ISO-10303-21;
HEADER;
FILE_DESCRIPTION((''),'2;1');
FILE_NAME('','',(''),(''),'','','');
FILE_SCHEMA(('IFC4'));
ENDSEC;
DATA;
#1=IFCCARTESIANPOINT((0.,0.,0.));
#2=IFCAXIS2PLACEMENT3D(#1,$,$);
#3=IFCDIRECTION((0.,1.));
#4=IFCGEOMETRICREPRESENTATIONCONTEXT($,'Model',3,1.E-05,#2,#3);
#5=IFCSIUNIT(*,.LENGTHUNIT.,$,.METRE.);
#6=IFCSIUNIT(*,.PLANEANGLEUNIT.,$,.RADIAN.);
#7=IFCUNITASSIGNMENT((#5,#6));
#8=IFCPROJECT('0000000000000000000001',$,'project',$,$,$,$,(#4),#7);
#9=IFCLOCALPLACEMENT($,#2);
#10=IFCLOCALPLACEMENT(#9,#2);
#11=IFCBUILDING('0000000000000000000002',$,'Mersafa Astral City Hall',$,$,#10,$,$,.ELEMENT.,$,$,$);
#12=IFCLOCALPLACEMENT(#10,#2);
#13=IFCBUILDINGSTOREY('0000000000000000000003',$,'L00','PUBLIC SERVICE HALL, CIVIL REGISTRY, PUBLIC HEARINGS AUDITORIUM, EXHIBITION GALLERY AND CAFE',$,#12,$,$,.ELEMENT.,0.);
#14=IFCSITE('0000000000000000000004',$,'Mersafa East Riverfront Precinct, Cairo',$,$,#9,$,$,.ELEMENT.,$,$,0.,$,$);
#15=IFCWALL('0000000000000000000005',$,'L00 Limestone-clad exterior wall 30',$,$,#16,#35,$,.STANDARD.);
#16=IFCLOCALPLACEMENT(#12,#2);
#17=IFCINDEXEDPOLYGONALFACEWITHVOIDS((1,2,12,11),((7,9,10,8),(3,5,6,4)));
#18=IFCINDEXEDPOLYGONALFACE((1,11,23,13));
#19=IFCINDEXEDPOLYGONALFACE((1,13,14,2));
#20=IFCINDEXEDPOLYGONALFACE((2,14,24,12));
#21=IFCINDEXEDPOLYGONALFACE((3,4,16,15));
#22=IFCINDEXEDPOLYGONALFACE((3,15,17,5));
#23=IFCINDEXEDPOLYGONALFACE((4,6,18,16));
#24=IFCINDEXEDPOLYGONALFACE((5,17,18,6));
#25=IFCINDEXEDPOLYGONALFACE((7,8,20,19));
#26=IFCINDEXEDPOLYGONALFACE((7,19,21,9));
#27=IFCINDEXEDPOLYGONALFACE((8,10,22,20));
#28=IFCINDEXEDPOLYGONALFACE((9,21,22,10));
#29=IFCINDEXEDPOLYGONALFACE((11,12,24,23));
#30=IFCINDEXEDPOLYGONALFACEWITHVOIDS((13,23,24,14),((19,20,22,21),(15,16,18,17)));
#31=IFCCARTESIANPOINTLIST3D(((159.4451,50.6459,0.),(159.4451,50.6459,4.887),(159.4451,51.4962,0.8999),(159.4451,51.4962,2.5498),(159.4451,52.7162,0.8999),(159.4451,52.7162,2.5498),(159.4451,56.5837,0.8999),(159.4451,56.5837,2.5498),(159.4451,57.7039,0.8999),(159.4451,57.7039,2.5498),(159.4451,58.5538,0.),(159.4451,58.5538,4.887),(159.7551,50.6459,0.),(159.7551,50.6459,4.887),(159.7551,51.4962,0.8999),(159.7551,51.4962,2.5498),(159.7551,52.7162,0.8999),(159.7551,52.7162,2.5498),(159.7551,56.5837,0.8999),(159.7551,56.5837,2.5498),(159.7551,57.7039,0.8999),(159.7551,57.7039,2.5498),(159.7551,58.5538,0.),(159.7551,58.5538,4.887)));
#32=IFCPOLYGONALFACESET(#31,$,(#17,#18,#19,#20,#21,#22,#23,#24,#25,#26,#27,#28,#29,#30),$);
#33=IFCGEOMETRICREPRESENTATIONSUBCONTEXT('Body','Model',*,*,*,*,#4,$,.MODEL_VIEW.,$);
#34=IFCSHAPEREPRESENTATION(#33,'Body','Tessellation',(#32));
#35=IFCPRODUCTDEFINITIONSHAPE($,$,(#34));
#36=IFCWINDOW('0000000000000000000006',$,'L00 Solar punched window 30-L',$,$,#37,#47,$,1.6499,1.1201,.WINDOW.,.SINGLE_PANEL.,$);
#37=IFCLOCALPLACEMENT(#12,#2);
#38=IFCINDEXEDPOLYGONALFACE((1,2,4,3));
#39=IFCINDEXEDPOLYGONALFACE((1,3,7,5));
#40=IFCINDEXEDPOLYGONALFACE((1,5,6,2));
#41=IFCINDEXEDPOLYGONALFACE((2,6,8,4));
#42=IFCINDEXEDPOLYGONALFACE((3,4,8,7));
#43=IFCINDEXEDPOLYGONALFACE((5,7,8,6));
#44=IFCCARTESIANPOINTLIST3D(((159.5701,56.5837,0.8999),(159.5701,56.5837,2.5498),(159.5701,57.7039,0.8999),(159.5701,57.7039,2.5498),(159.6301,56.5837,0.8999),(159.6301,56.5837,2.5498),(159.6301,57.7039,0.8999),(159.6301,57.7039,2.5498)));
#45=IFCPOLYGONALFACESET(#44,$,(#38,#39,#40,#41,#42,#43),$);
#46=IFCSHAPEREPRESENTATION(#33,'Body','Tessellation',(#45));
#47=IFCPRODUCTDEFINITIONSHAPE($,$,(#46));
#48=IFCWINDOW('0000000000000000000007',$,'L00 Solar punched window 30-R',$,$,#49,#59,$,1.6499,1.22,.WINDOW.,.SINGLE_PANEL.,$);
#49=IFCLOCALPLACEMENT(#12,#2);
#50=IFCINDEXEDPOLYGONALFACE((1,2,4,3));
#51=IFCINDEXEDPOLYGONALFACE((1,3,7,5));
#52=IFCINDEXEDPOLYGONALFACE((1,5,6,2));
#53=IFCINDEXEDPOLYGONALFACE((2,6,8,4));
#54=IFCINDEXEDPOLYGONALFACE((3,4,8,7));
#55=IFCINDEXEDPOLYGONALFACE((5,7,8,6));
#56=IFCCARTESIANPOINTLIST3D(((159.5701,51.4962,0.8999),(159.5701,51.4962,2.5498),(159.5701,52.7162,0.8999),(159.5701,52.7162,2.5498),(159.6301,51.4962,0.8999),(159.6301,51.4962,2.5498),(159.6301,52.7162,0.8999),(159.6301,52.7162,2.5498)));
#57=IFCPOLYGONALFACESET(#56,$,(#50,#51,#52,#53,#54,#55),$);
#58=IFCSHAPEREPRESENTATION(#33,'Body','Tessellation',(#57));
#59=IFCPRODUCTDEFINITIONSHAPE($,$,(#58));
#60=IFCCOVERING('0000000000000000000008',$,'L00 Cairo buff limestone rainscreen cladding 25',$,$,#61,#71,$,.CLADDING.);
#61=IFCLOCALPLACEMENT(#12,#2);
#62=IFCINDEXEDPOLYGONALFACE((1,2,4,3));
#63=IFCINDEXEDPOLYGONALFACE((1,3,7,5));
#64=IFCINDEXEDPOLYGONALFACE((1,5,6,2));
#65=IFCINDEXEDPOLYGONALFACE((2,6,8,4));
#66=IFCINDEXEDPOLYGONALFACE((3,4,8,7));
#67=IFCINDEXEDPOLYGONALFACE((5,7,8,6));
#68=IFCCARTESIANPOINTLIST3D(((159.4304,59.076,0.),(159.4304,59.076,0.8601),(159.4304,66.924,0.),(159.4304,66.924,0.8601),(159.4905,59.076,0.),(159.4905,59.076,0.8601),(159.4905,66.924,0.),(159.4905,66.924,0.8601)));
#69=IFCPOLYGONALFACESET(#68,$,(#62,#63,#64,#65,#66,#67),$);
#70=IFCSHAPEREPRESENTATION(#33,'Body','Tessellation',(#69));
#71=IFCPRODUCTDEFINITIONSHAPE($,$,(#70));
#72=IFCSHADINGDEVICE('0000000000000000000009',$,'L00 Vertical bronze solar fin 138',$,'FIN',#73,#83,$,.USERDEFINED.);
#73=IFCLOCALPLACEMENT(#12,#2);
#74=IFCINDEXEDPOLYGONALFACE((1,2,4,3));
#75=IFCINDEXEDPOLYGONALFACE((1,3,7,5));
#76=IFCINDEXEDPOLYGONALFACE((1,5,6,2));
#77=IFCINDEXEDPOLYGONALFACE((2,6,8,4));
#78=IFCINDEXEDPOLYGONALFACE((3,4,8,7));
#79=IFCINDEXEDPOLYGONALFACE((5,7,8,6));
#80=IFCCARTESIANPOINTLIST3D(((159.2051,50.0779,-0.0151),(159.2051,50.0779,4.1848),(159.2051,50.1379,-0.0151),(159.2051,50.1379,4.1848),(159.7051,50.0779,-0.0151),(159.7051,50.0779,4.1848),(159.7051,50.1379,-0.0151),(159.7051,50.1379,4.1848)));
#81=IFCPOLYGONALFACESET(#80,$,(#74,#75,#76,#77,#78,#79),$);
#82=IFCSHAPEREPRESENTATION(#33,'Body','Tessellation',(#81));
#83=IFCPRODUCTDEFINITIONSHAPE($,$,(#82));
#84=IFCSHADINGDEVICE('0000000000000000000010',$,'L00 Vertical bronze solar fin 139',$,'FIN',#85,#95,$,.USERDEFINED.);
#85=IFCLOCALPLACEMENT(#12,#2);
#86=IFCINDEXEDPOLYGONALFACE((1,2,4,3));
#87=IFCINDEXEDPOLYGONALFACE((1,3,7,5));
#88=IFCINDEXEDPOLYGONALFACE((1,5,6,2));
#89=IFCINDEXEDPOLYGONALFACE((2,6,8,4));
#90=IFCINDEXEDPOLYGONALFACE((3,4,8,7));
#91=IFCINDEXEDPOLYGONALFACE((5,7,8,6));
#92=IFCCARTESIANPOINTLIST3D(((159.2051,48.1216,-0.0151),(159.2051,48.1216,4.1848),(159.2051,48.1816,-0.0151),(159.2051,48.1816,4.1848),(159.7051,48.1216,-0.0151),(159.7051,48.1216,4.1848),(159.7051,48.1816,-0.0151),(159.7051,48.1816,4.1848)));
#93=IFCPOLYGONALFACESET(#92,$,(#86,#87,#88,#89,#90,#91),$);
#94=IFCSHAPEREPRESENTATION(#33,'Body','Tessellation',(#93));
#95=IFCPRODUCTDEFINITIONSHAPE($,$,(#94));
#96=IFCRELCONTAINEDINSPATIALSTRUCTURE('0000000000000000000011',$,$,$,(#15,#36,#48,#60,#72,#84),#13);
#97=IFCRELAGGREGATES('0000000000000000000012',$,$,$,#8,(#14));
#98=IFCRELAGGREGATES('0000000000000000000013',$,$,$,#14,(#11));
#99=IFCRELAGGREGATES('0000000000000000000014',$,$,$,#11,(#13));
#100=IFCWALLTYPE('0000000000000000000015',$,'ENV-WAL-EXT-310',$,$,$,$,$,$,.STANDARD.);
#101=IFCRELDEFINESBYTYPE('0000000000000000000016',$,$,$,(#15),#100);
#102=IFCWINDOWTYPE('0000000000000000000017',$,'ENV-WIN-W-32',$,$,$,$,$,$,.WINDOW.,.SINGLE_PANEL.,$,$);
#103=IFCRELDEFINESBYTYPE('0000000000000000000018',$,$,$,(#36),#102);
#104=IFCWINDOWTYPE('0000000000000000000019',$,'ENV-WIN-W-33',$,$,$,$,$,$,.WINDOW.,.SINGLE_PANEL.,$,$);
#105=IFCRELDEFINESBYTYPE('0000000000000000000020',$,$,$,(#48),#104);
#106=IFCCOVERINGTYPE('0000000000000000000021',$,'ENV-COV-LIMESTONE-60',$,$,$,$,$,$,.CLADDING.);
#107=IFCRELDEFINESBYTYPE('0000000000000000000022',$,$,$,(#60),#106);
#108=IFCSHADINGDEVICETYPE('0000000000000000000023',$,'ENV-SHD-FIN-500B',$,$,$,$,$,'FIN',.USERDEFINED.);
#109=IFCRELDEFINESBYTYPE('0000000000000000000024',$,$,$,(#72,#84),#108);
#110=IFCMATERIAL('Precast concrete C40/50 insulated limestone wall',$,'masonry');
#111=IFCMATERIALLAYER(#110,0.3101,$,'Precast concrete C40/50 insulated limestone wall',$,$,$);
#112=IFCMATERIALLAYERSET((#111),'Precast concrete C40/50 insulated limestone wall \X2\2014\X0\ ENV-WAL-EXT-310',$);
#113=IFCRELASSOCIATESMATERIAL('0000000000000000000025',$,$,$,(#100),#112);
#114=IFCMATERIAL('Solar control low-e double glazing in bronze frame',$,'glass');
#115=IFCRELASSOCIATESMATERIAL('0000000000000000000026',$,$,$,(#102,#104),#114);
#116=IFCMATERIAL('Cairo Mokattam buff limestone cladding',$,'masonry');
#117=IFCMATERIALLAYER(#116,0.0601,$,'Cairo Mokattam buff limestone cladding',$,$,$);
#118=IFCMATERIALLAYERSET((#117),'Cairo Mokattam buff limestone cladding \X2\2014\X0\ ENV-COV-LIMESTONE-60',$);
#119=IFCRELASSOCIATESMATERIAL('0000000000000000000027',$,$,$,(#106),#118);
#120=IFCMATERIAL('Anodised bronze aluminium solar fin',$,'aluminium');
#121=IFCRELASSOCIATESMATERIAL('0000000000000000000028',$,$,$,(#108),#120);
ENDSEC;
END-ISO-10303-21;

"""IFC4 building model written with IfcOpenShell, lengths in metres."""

from ifc_helpers import new_model, si_unit, direction, frame, frame_2d, origin, origin_2d, place, context, subcontext, project, spatial, rectangle, extrude, material, layer, layer_set, type_object, element, fill, save


model = new_model("IFC4")

# Units and contexts
model_context = context("Model", 3, precision=1e-05, world=origin(), true_north=direction((0.0, 1.0)))
body_context = subcontext(model_context, "Body", "Model", "MODEL_VIEW")
ifc_project = project(units=[si_unit("LENGTHUNIT", "METRE"), si_unit("PLANEANGLEUNIT", "RADIAN")], contexts=[model_context])

# Site, building, storey
site_placement = place(None, origin())
site = spatial("IfcSite", under=ifc_project, at=site_placement, Name="Mersafa East Riverfront Precinct, Cairo", CompositionType="ELEMENT", RefElevation=0.0)
building_placement = place(site_placement, origin())
building = spatial("IfcBuilding", under=site, at=building_placement, Name="Mersafa Astral City Hall", CompositionType="ELEMENT")
storey_placement = place(building_placement, origin())
storey = spatial("IfcBuildingStorey", under=building, at=storey_placement, Name="L00", Description="PUBLIC SERVICE HALL, CIVIL REGISTRY, PUBLIC HEARINGS AUDITORIUM, EXHIBITION GALLERY AND CAFE", CompositionType="ELEMENT", Elevation=0.0)

# Wall, openings, windows
ifc_material_1 = material(Name="Precast concrete C40/50 insulated limestone wall", Category="masonry")
ifc_layer_1 = layer(ifc_material_1, 0.3101, Name="Precast concrete C40/50 insulated limestone wall")
ifc_layer_set_1 = layer_set([ifc_layer_1], Name="Precast concrete C40/50 insulated limestone wall — ENV-WAL-EXT-310")
wall_type_1 = type_object("IfcWallType", Name="ENV-WAL-EXT-310", PredefinedType="STANDARD", material=ifc_layer_set_1)
wall_1_placement = place(storey_placement, frame((159.6001, 58.554, 0.0), z_axis=(0.0, 0.0, 1.0), x_axis=(0.0, -1.0, 0.0)))
wall_1 = element("IfcWall", 1, at=wall_1_placement, inside=storey, type_object=wall_type_1, Name="L00 Limestone-clad exterior wall 30", PredefinedType="STANDARD", context=body_context, shape_type="SweptSolid", body=[
    extrude(rectangle(XDim=7.908, YDim=0.3101, at=frame_2d((3.9541, 0.0))), origin(), (0.0, 0.0, 1.0), 4.887),
])
opening_1_placement = place(wall_1_placement, frame((0.8501, 0.0, 0.8999)))
opening_1 = element("IfcOpeningElement", 2, at=opening_1_placement, cuts=wall_1, PredefinedType="OPENING", context=body_context, shape_type="SweptSolid", body=[
    extrude(rectangle(XDim=1.1201, YDim=1.6499, at=frame_2d((0.5601, 0.825))), frame((0.0, 0.165, 0.0), z_axis=(0.0, -1.0, 0.0), x_axis=(1.0, 0.0, 0.0)), (0.0, 0.0, 1.0), 0.3301),
])
opening_2_placement = place(wall_1_placement, frame((5.8379, 0.0, 0.8999)))
opening_2 = element("IfcOpeningElement", 3, at=opening_2_placement, cuts=wall_1, PredefinedType="OPENING", context=body_context, shape_type="SweptSolid", body=[
    extrude(rectangle(XDim=1.22, YDim=1.6499, at=frame_2d((0.6099, 0.825))), frame((0.0, 0.165, 0.0), z_axis=(0.0, -1.0, 0.0), x_axis=(1.0, 0.0, 0.0)), (0.0, 0.0, 1.0), 0.3301),
])
ifc_material_2 = material(Name="Solar control low-e double glazing in bronze frame", Category="glass")
window_type_1 = type_object("IfcWindowType", Name="ENV-WIN-W-32", PartitioningType="SINGLE_PANEL", PredefinedType="WINDOW", material=ifc_material_2)
window_1_placement = place(opening_1_placement, origin())
window_1 = element("IfcWindow", 4, at=window_1_placement, inside=storey, type_object=window_type_1, Name="L00 Solar punched window 30-L", OverallHeight=1.6499, OverallWidth=1.1201, PartitioningType="SINGLE_PANEL", PredefinedType="WINDOW", context=body_context, shape_type="SweptSolid", body=[
    extrude(rectangle(XDim=1.1201, YDim=1.6499, at=frame_2d((0.5601, 0.825))), frame((0.0, 0.03, 0.0), z_axis=(0.0, -1.0, 0.0), x_axis=(1.0, 0.0, 0.0)), (0.0, 0.0, 1.0), 0.0601),
])
fill(opening_1, window_1)
window_type_2 = type_object("IfcWindowType", Name="ENV-WIN-W-33", PartitioningType="SINGLE_PANEL", PredefinedType="WINDOW", material=ifc_material_2)
window_2_placement = place(opening_2_placement, origin())
window_2 = element("IfcWindow", 5, at=window_2_placement, inside=storey, type_object=window_type_2, Name="L00 Solar punched window 30-R", OverallHeight=1.6499, OverallWidth=1.22, PartitioningType="SINGLE_PANEL", PredefinedType="WINDOW", context=body_context, shape_type="SweptSolid", body=[
    extrude(rectangle(XDim=1.22, YDim=1.6499, at=frame_2d((0.6099, 0.825))), frame((0.0, 0.03, 0.0), z_axis=(0.0, -1.0, 0.0), x_axis=(1.0, 0.0, 0.0)), (0.0, 0.0, 1.0), 0.0601),
])
fill(opening_2, window_2)

# Covering
ifc_material_3 = material(Name="Cairo Mokattam buff limestone cladding", Category="masonry")
ifc_layer_2 = layer(ifc_material_3, 0.0601, Name="Cairo Mokattam buff limestone cladding")
ifc_layer_set_2 = layer_set([ifc_layer_2], Name="Cairo Mokattam buff limestone cladding — ENV-COV-LIMESTONE-60")
covering_type = type_object("IfcCoveringType", Name="ENV-COV-LIMESTONE-60", PredefinedType="CLADDING", material=ifc_layer_set_2)
covering_placement = place(storey_placement, frame((159.4604, 63.0, 0.0), z_axis=(0.0, 0.0, 1.0), x_axis=(0.0, -1.0, 0.0)))
element("IfcCovering", 6, at=covering_placement, inside=storey, type_object=covering_type, Name="L00 Cairo buff limestone rainscreen cladding 25", PredefinedType="CLADDING", context=body_context, shape_type="SweptSolid", body=[
    extrude(rectangle(XDim=7.8479, YDim=0.0601, at=origin_2d()), origin(), (0.0, 0.0, 1.0), 0.8601),
])

# Shading devices
ifc_material_4 = material(Name="Anodised bronze aluminium solar fin", Category="aluminium")
shading_device_type = type_object("IfcShadingDeviceType", Name="ENV-SHD-FIN-500B", ElementType="FIN", PredefinedType="USERDEFINED", material=ifc_material_4)
for number, where, z_axis, x_axis, name in (
    (7, (159.4551, 50.1079, -0.0151), (0.0, 0.0, 1.0), (0.0, -1.0, 0.0), "L00 Vertical bronze solar fin 138"),
    (8, (159.4551, 48.1516, -0.0151), (0.0, 0.0, 1.0), (0.0, -1.0, 0.0), "L00 Vertical bronze solar fin 139"),
):
    element("IfcShadingDevice", number, at=place(storey_placement, frame(where, z_axis=z_axis, x_axis=x_axis)), inside=storey, type_object=shading_device_type, Name=name, ObjectType="FIN", PredefinedType="USERDEFINED", context=body_context, shape_type="SweptSolid", body=[
        extrude(rectangle(XDim=0.0601, YDim=0.5, at=origin_2d()), origin(), (0.0, 0.0, 1.0), 4.2),
    ])

save(model, "model.ifc")
